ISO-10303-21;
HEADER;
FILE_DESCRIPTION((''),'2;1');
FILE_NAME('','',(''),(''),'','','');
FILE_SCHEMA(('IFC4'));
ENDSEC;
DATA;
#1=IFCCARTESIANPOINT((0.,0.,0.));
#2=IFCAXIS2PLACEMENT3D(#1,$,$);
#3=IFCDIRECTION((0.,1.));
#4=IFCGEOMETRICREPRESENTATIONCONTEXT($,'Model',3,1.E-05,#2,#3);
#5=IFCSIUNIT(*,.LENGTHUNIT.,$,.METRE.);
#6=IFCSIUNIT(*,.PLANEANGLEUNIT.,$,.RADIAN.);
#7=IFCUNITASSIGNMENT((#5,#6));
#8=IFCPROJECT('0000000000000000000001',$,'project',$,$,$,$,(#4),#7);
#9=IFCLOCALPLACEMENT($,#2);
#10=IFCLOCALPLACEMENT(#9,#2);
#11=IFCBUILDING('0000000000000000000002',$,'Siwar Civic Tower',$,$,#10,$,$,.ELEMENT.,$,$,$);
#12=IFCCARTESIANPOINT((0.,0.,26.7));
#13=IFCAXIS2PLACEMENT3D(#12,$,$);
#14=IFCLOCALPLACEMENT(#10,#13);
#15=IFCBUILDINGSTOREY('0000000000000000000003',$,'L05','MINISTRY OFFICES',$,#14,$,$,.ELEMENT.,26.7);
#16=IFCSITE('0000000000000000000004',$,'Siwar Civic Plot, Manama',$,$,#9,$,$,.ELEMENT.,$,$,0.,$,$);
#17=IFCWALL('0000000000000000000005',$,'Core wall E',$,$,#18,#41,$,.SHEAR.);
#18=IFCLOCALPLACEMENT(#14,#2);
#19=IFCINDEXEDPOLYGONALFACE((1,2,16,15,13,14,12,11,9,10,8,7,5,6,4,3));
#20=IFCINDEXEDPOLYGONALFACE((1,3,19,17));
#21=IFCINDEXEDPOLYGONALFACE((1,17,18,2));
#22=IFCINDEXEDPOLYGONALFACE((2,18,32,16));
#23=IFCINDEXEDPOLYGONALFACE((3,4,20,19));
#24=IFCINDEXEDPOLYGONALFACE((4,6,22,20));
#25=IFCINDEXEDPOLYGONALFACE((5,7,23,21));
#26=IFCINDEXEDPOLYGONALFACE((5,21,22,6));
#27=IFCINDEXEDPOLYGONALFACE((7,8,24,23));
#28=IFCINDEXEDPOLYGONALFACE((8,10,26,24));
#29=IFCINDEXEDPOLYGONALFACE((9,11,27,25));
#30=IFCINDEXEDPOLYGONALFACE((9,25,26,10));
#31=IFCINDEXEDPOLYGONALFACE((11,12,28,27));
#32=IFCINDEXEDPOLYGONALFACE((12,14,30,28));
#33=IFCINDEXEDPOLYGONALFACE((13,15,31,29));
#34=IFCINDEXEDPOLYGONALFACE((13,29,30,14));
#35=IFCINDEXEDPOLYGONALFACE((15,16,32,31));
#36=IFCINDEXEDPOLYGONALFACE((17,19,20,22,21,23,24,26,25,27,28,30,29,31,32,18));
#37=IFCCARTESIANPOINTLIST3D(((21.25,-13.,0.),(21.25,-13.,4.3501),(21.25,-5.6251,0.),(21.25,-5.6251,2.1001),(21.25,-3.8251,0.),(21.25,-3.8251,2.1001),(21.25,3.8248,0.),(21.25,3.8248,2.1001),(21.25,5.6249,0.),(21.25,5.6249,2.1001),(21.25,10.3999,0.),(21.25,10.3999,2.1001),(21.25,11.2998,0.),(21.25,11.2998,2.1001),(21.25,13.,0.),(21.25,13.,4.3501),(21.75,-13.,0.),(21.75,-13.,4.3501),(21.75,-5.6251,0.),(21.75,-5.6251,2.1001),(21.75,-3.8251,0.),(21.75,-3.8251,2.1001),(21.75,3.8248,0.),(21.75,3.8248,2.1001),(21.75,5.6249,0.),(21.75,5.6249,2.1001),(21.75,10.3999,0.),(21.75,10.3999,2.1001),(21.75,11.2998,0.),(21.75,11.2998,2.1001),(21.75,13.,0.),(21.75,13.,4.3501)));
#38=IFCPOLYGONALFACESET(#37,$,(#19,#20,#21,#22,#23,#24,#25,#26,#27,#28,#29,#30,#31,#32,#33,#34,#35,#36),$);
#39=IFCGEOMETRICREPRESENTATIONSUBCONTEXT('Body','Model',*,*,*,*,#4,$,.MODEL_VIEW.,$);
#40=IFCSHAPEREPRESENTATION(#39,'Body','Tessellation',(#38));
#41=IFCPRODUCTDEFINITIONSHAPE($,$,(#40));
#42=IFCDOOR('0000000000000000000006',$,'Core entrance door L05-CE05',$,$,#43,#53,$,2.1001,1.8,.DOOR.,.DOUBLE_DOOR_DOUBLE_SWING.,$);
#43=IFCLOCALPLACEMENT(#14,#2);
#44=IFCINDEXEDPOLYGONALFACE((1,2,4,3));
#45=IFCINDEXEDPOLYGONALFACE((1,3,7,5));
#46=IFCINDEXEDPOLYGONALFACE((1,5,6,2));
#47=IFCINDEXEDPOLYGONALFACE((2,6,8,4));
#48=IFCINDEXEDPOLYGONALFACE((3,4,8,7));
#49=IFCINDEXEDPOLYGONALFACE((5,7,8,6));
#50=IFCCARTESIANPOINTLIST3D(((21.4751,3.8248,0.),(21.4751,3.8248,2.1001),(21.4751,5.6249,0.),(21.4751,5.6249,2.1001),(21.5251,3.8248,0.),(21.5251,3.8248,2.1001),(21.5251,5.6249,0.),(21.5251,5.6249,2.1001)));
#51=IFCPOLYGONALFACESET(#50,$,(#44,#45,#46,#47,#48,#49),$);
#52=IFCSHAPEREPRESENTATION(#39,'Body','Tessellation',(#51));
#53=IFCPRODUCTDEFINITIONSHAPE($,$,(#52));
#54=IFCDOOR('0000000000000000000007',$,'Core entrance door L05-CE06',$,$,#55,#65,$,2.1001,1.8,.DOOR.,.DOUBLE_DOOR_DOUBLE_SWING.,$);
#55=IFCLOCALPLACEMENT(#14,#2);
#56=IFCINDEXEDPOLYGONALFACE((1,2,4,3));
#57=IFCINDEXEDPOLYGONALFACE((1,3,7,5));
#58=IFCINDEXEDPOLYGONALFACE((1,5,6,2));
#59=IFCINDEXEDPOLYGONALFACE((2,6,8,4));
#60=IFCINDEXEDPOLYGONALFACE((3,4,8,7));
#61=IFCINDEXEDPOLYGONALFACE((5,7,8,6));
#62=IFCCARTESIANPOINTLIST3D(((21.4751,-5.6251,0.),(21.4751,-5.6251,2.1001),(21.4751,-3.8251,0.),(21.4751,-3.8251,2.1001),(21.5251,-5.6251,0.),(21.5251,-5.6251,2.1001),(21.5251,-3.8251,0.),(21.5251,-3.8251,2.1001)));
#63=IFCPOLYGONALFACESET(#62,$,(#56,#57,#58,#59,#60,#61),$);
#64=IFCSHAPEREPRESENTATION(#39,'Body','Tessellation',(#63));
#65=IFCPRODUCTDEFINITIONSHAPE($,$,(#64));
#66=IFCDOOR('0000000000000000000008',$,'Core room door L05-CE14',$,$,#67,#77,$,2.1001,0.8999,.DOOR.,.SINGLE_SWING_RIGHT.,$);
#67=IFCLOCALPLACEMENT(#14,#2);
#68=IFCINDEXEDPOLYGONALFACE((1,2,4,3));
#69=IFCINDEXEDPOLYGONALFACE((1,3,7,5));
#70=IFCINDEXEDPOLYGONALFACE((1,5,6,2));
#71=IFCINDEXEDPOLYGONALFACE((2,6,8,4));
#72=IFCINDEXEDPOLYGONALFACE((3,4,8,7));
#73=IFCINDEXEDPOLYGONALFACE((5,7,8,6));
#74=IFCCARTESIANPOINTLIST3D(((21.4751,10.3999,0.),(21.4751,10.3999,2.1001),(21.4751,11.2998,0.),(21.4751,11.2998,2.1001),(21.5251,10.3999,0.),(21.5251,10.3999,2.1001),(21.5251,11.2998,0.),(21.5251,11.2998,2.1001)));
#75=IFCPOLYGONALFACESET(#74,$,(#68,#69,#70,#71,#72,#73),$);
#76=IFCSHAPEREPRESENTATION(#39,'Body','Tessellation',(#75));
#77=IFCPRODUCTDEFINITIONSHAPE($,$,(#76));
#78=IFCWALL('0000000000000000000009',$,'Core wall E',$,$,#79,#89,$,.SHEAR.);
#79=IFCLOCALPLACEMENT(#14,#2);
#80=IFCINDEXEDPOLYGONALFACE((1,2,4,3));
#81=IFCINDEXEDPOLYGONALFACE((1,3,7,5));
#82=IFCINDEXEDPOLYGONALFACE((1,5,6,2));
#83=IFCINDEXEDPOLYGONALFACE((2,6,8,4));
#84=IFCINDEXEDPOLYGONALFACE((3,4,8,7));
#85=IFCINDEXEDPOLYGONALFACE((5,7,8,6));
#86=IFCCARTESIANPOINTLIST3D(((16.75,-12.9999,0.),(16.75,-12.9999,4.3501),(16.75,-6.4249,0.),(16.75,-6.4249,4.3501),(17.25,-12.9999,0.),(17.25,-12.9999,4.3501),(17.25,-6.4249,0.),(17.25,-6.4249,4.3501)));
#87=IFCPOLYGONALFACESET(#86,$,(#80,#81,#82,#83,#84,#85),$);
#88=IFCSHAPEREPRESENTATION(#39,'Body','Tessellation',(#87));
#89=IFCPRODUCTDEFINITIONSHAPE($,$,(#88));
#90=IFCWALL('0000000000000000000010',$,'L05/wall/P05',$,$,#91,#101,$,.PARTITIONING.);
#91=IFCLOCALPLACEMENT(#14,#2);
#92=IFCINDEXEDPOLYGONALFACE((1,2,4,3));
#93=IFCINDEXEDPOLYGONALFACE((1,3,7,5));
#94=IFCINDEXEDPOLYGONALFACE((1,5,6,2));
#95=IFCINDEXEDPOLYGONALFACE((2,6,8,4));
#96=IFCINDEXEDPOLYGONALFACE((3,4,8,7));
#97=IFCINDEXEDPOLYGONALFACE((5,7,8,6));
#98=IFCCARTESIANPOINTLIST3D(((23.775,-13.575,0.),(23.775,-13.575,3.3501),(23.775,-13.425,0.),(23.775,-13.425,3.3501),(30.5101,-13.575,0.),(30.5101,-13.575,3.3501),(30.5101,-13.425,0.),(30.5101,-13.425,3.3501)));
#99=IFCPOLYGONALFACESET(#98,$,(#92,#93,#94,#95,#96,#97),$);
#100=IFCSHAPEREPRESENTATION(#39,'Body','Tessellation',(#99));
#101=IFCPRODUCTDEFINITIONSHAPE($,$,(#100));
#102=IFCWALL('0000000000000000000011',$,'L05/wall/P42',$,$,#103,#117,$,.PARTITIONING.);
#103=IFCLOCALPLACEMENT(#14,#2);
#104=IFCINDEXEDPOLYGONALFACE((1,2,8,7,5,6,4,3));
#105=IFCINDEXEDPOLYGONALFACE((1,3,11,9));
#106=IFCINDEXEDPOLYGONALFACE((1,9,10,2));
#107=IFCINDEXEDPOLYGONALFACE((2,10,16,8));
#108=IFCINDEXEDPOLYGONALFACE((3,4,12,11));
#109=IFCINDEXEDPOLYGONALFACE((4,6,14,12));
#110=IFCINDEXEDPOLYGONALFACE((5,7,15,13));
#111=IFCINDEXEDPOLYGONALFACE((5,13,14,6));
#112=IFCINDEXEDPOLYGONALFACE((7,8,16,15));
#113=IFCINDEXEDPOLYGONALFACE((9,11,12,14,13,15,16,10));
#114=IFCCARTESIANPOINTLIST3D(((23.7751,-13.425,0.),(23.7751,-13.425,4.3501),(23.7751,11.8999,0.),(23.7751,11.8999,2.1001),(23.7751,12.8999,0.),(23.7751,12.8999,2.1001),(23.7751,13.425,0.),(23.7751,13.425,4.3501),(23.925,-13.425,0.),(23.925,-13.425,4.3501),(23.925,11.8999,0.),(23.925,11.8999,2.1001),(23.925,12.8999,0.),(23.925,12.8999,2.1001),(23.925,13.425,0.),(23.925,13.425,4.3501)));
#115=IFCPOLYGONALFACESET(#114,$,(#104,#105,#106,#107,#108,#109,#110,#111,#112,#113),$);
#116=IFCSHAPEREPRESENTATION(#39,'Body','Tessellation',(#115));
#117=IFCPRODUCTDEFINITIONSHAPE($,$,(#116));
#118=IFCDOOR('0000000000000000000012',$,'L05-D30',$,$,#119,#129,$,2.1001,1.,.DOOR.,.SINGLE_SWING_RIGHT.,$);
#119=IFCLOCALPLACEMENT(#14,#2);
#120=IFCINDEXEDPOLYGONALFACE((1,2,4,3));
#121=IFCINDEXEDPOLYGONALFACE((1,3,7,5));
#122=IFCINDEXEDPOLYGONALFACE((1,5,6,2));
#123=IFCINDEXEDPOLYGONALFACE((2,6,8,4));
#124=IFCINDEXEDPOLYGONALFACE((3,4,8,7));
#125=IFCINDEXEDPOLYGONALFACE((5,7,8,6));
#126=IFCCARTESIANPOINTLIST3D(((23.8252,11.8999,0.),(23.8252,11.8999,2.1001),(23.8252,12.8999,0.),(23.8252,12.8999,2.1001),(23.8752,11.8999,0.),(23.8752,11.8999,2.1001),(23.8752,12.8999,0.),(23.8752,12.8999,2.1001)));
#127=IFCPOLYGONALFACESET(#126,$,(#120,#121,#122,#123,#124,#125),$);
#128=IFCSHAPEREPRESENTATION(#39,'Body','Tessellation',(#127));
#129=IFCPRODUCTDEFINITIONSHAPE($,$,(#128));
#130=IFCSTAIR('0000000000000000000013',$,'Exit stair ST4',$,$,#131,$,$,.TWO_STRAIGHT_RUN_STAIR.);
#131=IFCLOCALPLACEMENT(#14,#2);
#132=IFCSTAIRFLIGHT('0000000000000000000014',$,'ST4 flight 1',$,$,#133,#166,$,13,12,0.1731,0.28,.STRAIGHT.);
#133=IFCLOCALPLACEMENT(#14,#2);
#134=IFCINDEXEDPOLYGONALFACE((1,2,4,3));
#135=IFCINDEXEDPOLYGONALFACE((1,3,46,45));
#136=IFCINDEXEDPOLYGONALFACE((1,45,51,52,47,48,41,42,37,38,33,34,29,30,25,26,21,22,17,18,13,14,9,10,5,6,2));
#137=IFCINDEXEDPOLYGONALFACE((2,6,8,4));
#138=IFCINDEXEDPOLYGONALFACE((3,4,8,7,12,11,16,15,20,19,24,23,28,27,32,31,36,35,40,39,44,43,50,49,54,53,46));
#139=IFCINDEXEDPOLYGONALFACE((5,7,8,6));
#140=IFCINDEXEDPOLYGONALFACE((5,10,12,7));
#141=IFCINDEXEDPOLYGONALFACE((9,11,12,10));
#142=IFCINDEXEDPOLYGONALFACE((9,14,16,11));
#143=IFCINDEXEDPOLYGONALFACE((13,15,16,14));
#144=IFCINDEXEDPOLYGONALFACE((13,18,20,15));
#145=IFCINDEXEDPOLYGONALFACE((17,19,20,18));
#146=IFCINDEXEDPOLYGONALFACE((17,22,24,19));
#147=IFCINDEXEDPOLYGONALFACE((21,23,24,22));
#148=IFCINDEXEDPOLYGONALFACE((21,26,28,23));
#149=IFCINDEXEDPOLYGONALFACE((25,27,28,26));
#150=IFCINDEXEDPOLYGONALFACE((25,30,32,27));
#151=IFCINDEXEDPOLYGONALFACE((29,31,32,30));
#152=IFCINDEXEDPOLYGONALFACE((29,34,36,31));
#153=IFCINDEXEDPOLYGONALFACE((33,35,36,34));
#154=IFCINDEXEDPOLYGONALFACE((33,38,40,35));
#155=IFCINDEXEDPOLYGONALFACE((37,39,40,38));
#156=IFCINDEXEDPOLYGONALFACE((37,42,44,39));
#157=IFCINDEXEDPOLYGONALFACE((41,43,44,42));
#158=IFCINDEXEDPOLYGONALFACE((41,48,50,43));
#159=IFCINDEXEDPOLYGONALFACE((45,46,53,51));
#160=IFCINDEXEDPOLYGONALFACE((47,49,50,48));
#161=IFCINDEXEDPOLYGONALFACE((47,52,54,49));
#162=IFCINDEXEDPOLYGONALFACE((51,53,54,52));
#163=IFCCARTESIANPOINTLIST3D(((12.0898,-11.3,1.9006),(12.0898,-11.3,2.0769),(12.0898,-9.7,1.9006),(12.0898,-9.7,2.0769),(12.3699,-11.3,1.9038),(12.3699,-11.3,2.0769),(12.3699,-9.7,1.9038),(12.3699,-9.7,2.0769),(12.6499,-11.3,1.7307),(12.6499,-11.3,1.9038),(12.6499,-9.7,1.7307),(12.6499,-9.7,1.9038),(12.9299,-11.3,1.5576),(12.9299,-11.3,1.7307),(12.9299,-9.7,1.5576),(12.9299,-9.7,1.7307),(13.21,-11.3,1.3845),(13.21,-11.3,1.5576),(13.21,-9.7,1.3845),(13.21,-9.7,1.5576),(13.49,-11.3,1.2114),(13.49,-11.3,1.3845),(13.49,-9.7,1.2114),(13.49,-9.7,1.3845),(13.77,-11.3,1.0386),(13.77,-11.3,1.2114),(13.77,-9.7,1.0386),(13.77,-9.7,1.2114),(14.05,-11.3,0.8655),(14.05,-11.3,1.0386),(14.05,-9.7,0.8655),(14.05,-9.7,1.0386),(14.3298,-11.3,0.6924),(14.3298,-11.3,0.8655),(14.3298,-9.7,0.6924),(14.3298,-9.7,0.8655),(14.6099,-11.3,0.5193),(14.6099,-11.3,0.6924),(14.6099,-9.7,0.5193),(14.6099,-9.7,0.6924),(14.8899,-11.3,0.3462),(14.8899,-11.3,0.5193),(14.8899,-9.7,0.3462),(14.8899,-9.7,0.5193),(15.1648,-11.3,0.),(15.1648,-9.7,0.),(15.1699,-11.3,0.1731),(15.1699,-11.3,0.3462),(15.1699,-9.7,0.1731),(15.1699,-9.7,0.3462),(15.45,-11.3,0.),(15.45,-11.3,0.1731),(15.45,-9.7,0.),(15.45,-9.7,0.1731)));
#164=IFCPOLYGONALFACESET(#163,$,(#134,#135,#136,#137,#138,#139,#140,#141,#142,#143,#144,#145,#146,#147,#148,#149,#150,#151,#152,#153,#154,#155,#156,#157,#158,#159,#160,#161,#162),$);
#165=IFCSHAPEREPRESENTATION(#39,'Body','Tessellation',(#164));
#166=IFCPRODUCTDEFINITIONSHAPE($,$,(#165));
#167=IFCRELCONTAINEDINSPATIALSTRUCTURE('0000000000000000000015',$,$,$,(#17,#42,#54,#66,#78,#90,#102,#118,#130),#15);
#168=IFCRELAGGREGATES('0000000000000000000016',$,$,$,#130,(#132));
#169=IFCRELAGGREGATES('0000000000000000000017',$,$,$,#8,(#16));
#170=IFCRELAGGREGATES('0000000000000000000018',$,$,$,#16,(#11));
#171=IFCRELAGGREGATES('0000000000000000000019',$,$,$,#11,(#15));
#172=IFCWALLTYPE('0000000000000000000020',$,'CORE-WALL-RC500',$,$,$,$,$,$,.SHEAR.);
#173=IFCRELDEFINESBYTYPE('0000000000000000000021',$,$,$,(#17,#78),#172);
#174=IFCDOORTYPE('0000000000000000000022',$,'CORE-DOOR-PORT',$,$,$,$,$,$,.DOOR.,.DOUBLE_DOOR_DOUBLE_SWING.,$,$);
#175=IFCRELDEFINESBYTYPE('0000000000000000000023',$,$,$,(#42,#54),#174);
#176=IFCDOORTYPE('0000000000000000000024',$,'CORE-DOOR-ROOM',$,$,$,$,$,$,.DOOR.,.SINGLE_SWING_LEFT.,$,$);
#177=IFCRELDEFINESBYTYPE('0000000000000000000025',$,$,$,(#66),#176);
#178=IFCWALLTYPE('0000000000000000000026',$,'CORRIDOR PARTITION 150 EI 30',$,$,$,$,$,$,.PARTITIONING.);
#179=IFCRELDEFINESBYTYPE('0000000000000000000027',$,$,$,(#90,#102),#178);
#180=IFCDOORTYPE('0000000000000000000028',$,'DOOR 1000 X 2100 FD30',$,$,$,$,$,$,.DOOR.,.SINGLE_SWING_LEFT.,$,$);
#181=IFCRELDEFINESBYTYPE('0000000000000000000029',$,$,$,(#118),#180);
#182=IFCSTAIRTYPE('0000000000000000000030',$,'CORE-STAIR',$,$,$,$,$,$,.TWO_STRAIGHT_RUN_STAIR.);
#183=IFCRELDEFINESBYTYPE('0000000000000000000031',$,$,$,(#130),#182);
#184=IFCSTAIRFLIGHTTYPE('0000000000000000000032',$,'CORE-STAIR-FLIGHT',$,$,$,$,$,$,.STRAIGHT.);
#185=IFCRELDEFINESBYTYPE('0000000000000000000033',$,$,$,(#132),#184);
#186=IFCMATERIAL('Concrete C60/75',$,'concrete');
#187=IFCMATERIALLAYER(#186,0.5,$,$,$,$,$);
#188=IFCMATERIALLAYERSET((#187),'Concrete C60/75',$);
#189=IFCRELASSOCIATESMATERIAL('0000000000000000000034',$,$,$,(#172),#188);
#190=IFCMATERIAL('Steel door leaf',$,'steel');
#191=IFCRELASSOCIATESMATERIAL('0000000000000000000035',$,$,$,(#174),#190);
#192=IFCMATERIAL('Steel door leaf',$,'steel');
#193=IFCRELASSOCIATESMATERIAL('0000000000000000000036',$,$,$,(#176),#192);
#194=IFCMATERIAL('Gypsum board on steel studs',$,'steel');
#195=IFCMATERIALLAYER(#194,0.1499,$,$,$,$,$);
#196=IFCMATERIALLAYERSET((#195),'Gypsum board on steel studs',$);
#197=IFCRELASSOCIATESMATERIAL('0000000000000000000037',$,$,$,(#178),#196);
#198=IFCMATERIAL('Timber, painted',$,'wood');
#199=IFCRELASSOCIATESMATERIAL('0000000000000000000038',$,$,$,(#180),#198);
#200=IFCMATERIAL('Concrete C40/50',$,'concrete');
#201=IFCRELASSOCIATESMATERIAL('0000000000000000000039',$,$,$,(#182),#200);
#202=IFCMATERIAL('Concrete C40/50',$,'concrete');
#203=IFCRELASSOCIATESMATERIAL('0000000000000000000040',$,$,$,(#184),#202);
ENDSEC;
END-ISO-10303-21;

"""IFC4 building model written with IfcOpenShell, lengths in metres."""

from ifc_helpers import new_model, si_unit, direction, frame, frame_2d, origin, place, context, subcontext, project, spatial, polyline, rectangle, outline, extrude, material, layer, layer_set, type_object, element, fill, aggregate, save


model = new_model("IFC4")

# Units and contexts
model_context = context("Model", 3, precision=1e-05, world=origin(), true_north=direction((0.0, 1.0)))
body_context = subcontext(model_context, "Body", "Model", "MODEL_VIEW")
ifc_project = project(units=[si_unit("LENGTHUNIT", "METRE"), si_unit("PLANEANGLEUNIT", "RADIAN")], contexts=[model_context])

# Site, building, storey
site_placement = place(None, origin())
site = spatial("IfcSite", under=ifc_project, at=site_placement, Name="Siwar Civic Plot, Manama", CompositionType="ELEMENT", RefElevation=0.0)
building_placement = place(site_placement, origin())
building = spatial("IfcBuilding", under=site, at=building_placement, Name="Siwar Civic Tower", CompositionType="ELEMENT")
storey_placement = place(building_placement, frame((0.0, 0.0, 26.7)))
storey = spatial("IfcBuildingStorey", under=building, at=storey_placement, Name="L05", Description="MINISTRY OFFICES", CompositionType="ELEMENT", Elevation=26.7)

# Wall, openings, doors
ifc_material_1 = material(Name="Concrete C60/75", Category="concrete")
ifc_layer_1 = layer(ifc_material_1, 0.5)
ifc_layer_set_1 = layer_set([ifc_layer_1], Name="Concrete C60/75")
wall_type_1 = type_object("IfcWallType", Name="CORE-WALL-RC500", PredefinedType="SHEAR", material=ifc_layer_set_1)
wall_1_placement = place(storey_placement, frame((21.5, -13.0, 0.0), z_axis=(0.0, 0.0, 1.0), x_axis=(0.0, 1.0, 0.0)))
wall_1 = element("IfcWall", 1, at=wall_1_placement, inside=storey, type_object=wall_type_1, Name="Core wall E", PredefinedType="SHEAR", context=body_context, shape_type="SweptSolid", body=[
    extrude(rectangle(XDim=26.0, YDim=0.5, at=frame_2d((13.0, 0.0))), origin(), (0.0, 0.0, 1.0), 4.3501),
])
opening_1_placement = place(wall_1_placement, frame((16.825, 0.0, 0.0)))
opening_1 = element("IfcOpeningElement", 2, at=opening_1_placement, cuts=wall_1, PredefinedType="OPENING", context=body_context, shape_type="SweptSolid", body=[
    extrude(rectangle(XDim=1.8, YDim=2.1001, at=frame_2d((0.8999, 1.05))), frame((0.0, 0.26, 0.0), z_axis=(0.0, -1.0, 0.0), x_axis=(1.0, 0.0, 0.0)), (0.0, 0.0, 1.0), 0.52),
])
opening_2_placement = place(wall_1_placement, frame((7.375, 0.0, 0.0)))
opening_2 = element("IfcOpeningElement", 3, at=opening_2_placement, cuts=wall_1, PredefinedType="OPENING", context=body_context, shape_type="SweptSolid", body=[
    extrude(rectangle(XDim=1.8, YDim=2.1001, at=frame_2d((0.8999, 1.05))), frame((0.0, 0.26, 0.0), z_axis=(0.0, -1.0, 0.0), x_axis=(1.0, 0.0, 0.0)), (0.0, 0.0, 1.0), 0.52),
])
opening_3_placement = place(wall_1_placement, frame((23.3999, 0.0, 0.0)))
opening_3 = element("IfcOpeningElement", 4, at=opening_3_placement, cuts=wall_1, PredefinedType="OPENING", context=body_context, shape_type="SweptSolid", body=[
    extrude(rectangle(XDim=0.8999, YDim=2.1001, at=frame_2d((0.45, 1.05))), frame((0.0, 0.26, 0.0), z_axis=(0.0, -1.0, 0.0), x_axis=(1.0, 0.0, 0.0)), (0.0, 0.0, 1.0), 0.52),
])
ifc_material_2 = material(Name="Steel door leaf", Category="steel")
door_type_1 = type_object("IfcDoorType", Name="CORE-DOOR-PORT", OperationType="DOUBLE_DOOR_DOUBLE_SWING", PredefinedType="DOOR", material=ifc_material_2)
door_1_placement = place(opening_1_placement, origin())
door_1 = element("IfcDoor", 5, at=door_1_placement, inside=storey, type_object=door_type_1, Name="Core entrance door L05-CE05", OperationType="DOUBLE_DOOR_DOUBLE_SWING", OverallHeight=2.1001, OverallWidth=1.8, PredefinedType="DOOR", context=body_context, shape_type="SweptSolid", body=[
    extrude(rectangle(XDim=1.8, YDim=2.1001, at=frame_2d((0.8999, 1.05))), frame((0.0, 0.0249, 0.0), z_axis=(0.0, -1.0, 0.0), x_axis=(1.0, 0.0, 0.0)), (0.0, 0.0, 1.0), 0.05),
])
fill(opening_1, door_1)
door_2_placement = place(opening_2_placement, origin())
door_2 = element("IfcDoor", 6, at=door_2_placement, inside=storey, type_object=door_type_1, Name="Core entrance door L05-CE06", OperationType="DOUBLE_DOOR_DOUBLE_SWING", OverallHeight=2.1001, OverallWidth=1.8, PredefinedType="DOOR", context=body_context, shape_type="SweptSolid", body=[
    extrude(rectangle(XDim=1.8, YDim=2.1001, at=frame_2d((0.8999, 1.05))), frame((0.0, 0.0249, 0.0), z_axis=(0.0, -1.0, 0.0), x_axis=(1.0, 0.0, 0.0)), (0.0, 0.0, 1.0), 0.05),
])
fill(opening_2, door_2)
ifc_material_3 = material(Name="Steel door leaf", Category="steel")
door_type_2 = type_object("IfcDoorType", Name="CORE-DOOR-ROOM", OperationType="SINGLE_SWING_LEFT", PredefinedType="DOOR", material=ifc_material_3)
door_3_placement = place(opening_3_placement, origin())
door_3 = element("IfcDoor", 7, at=door_3_placement, inside=storey, type_object=door_type_2, Name="Core room door L05-CE14", OperationType="SINGLE_SWING_RIGHT", OverallHeight=2.1001, OverallWidth=0.8999, PredefinedType="DOOR", context=body_context, shape_type="SweptSolid", body=[
    extrude(rectangle(XDim=0.8999, YDim=2.1001, at=frame_2d((0.45, 1.05))), frame((0.0, 0.0249, 0.0), z_axis=(0.0, -1.0, 0.0), x_axis=(1.0, 0.0, 0.0)), (0.0, 0.0, 1.0), 0.05),
])
fill(opening_3, door_3)

# Walls
wall_2_placement = place(storey_placement, frame((17.0, -13.0, 0.0), z_axis=(0.0, 0.0, 1.0), x_axis=(0.0, 1.0, 0.0)))
element("IfcWall", 8, at=wall_2_placement, inside=storey, type_object=wall_type_1, Name="Core wall E", PredefinedType="SHEAR", context=body_context, shape_type="SweptSolid", body=[
    extrude(rectangle(XDim=6.575, YDim=0.5, at=frame_2d((3.2876, 0.0))), origin(), (0.0, 0.0, 1.0), 4.3501),
])
ifc_material_4 = material(Name="Gypsum board on steel studs", Category="steel")
ifc_layer_2 = layer(ifc_material_4, 0.1499)
ifc_layer_set_2 = layer_set([ifc_layer_2], Name="Gypsum board on steel studs")
wall_type_2 = type_object("IfcWallType", Name="CORRIDOR PARTITION 150 EI 30", PredefinedType="PARTITIONING", material=ifc_layer_set_2)
wall_3_placement = place(storey_placement, frame((23.7749, -13.5, 0.0), z_axis=(0.0, 0.0, 1.0), x_axis=(1.0, 0.0, 0.0)))
element("IfcWall", 9, at=wall_3_placement, inside=storey, type_object=wall_type_2, Name="L05/wall/P05", PredefinedType="PARTITIONING", context=body_context, shape_type="SweptSolid", body=[
    extrude(rectangle(XDim=6.7351, YDim=0.1499, at=frame_2d((3.3677, 0.0))), origin(), (0.0, 0.0, 1.0), 3.3501),
])

# Wall, opening, door
wall_4_placement = place(storey_placement, frame((23.8501, -13.425, 0.0), z_axis=(0.0, 0.0, 1.0), x_axis=(0.0, 1.0, 0.0)))
wall_4 = element("IfcWall", 10, at=wall_4_placement, inside=storey, type_object=wall_type_2, Name="L05/wall/P42", PredefinedType="PARTITIONING", context=body_context, shape_type="SweptSolid", body=[
    extrude(rectangle(XDim=26.8501, YDim=0.1499, at=frame_2d((13.425, 0.0))), origin(), (0.0, 0.0, 1.0), 4.3501),
])
opening_4_placement = place(wall_4_placement, frame((25.325, 0.0, 0.0)))
opening_4 = element("IfcOpeningElement", 11, at=opening_4_placement, cuts=wall_4, PredefinedType="OPENING", context=body_context, shape_type="SweptSolid", body=[
    extrude(rectangle(XDim=1.0, YDim=2.1001, at=frame_2d((0.5, 1.05))), frame((0.0, 0.085, 0.0), z_axis=(0.0, -1.0, 0.0), x_axis=(1.0, 0.0, 0.0)), (0.0, 0.0, 1.0), 0.1699),
])
ifc_material_5 = material(Name="Timber, painted", Category="wood")
door_type_3 = type_object("IfcDoorType", Name="DOOR 1000 X 2100 FD30", OperationType="SINGLE_SWING_LEFT", PredefinedType="DOOR", material=ifc_material_5)
door_4_placement = place(opening_4_placement, origin())
door_4 = element("IfcDoor", 12, at=door_4_placement, inside=storey, type_object=door_type_3, Name="L05-D30", OperationType="SINGLE_SWING_RIGHT", OverallHeight=2.1001, OverallWidth=1.0, PredefinedType="DOOR", context=body_context, shape_type="SweptSolid", body=[
    extrude(rectangle(XDim=1.0, YDim=2.1001, at=frame_2d((0.5, 1.05))), frame((0.0, 0.0249, 0.0), z_axis=(0.0, -1.0, 0.0), x_axis=(1.0, 0.0, 0.0)), (0.0, 0.0, 1.0), 0.05),
])
fill(opening_4, door_4)

# Stair, stair flight
ifc_material_6 = material(Name="Concrete C40/50", Category="concrete")
stair_type = type_object("IfcStairType", Name="CORE-STAIR", PredefinedType="TWO_STRAIGHT_RUN_STAIR", material=ifc_material_6)
stair_placement = place(storey_placement, origin())
stair = element("IfcStair", 13, at=stair_placement, inside=storey, type_object=stair_type, Name="Exit stair ST4", PredefinedType="TWO_STRAIGHT_RUN_STAIR")
ifc_material_7 = material(Name="Concrete C40/50", Category="concrete")
stair_flight_type = type_object("IfcStairFlightType", Name="CORE-STAIR-FLIGHT", PredefinedType="STRAIGHT", material=ifc_material_7)
stair_flight_placement = place(storey_placement, frame((15.45, -10.5, 0.0), z_axis=(0.0, 0.0, 1.0), x_axis=(-1.0, 0.0, 0.0)))
stair_flight = element("IfcStairFlight", 14, at=stair_flight_placement, type_object=stair_flight_type, Name="ST4 flight 1", NumberOfRisers=13, NumberOfTreads=12, PredefinedType="STRAIGHT", RiserHeight=0.1731, TreadLength=0.28, context=body_context, shape_type="SweptSolid", body=[
    extrude(outline(polyline([(0.0, 0.0), (0.0, 0.1731), (0.28, 0.1731), (0.28, 0.3462), (0.5601, 0.3462), (0.5601, 0.5193), (0.8401, 0.5193), (0.8401, 0.6924), (1.1201, 0.6924), (1.1201, 0.8655), (1.3999, 0.8655), (1.3999, 1.0386), (1.6799, 1.0386), (1.6799, 1.2114), (1.96, 1.2114), (1.96, 1.3845), (2.24, 1.3845), (2.24, 1.5576), (2.52, 1.5576), (2.52, 1.7307), (2.8, 1.7307), (2.8, 1.9038), (3.0801, 1.9038), (3.0801, 2.0769), (3.3601, 2.0769), (3.3601, 2.25), (3.3601, 1.9006), (0.2852, 0.0), (0.0, 0.0)])), frame((0.0, 0.8, 0.0), z_axis=(0.0, -1.0, 0.0), x_axis=(1.0, 0.0, 0.0)), (0.0, 0.0, 1.0), 1.6001),
])
aggregate(stair, [stair_flight])

save(model, "model.ifc")
